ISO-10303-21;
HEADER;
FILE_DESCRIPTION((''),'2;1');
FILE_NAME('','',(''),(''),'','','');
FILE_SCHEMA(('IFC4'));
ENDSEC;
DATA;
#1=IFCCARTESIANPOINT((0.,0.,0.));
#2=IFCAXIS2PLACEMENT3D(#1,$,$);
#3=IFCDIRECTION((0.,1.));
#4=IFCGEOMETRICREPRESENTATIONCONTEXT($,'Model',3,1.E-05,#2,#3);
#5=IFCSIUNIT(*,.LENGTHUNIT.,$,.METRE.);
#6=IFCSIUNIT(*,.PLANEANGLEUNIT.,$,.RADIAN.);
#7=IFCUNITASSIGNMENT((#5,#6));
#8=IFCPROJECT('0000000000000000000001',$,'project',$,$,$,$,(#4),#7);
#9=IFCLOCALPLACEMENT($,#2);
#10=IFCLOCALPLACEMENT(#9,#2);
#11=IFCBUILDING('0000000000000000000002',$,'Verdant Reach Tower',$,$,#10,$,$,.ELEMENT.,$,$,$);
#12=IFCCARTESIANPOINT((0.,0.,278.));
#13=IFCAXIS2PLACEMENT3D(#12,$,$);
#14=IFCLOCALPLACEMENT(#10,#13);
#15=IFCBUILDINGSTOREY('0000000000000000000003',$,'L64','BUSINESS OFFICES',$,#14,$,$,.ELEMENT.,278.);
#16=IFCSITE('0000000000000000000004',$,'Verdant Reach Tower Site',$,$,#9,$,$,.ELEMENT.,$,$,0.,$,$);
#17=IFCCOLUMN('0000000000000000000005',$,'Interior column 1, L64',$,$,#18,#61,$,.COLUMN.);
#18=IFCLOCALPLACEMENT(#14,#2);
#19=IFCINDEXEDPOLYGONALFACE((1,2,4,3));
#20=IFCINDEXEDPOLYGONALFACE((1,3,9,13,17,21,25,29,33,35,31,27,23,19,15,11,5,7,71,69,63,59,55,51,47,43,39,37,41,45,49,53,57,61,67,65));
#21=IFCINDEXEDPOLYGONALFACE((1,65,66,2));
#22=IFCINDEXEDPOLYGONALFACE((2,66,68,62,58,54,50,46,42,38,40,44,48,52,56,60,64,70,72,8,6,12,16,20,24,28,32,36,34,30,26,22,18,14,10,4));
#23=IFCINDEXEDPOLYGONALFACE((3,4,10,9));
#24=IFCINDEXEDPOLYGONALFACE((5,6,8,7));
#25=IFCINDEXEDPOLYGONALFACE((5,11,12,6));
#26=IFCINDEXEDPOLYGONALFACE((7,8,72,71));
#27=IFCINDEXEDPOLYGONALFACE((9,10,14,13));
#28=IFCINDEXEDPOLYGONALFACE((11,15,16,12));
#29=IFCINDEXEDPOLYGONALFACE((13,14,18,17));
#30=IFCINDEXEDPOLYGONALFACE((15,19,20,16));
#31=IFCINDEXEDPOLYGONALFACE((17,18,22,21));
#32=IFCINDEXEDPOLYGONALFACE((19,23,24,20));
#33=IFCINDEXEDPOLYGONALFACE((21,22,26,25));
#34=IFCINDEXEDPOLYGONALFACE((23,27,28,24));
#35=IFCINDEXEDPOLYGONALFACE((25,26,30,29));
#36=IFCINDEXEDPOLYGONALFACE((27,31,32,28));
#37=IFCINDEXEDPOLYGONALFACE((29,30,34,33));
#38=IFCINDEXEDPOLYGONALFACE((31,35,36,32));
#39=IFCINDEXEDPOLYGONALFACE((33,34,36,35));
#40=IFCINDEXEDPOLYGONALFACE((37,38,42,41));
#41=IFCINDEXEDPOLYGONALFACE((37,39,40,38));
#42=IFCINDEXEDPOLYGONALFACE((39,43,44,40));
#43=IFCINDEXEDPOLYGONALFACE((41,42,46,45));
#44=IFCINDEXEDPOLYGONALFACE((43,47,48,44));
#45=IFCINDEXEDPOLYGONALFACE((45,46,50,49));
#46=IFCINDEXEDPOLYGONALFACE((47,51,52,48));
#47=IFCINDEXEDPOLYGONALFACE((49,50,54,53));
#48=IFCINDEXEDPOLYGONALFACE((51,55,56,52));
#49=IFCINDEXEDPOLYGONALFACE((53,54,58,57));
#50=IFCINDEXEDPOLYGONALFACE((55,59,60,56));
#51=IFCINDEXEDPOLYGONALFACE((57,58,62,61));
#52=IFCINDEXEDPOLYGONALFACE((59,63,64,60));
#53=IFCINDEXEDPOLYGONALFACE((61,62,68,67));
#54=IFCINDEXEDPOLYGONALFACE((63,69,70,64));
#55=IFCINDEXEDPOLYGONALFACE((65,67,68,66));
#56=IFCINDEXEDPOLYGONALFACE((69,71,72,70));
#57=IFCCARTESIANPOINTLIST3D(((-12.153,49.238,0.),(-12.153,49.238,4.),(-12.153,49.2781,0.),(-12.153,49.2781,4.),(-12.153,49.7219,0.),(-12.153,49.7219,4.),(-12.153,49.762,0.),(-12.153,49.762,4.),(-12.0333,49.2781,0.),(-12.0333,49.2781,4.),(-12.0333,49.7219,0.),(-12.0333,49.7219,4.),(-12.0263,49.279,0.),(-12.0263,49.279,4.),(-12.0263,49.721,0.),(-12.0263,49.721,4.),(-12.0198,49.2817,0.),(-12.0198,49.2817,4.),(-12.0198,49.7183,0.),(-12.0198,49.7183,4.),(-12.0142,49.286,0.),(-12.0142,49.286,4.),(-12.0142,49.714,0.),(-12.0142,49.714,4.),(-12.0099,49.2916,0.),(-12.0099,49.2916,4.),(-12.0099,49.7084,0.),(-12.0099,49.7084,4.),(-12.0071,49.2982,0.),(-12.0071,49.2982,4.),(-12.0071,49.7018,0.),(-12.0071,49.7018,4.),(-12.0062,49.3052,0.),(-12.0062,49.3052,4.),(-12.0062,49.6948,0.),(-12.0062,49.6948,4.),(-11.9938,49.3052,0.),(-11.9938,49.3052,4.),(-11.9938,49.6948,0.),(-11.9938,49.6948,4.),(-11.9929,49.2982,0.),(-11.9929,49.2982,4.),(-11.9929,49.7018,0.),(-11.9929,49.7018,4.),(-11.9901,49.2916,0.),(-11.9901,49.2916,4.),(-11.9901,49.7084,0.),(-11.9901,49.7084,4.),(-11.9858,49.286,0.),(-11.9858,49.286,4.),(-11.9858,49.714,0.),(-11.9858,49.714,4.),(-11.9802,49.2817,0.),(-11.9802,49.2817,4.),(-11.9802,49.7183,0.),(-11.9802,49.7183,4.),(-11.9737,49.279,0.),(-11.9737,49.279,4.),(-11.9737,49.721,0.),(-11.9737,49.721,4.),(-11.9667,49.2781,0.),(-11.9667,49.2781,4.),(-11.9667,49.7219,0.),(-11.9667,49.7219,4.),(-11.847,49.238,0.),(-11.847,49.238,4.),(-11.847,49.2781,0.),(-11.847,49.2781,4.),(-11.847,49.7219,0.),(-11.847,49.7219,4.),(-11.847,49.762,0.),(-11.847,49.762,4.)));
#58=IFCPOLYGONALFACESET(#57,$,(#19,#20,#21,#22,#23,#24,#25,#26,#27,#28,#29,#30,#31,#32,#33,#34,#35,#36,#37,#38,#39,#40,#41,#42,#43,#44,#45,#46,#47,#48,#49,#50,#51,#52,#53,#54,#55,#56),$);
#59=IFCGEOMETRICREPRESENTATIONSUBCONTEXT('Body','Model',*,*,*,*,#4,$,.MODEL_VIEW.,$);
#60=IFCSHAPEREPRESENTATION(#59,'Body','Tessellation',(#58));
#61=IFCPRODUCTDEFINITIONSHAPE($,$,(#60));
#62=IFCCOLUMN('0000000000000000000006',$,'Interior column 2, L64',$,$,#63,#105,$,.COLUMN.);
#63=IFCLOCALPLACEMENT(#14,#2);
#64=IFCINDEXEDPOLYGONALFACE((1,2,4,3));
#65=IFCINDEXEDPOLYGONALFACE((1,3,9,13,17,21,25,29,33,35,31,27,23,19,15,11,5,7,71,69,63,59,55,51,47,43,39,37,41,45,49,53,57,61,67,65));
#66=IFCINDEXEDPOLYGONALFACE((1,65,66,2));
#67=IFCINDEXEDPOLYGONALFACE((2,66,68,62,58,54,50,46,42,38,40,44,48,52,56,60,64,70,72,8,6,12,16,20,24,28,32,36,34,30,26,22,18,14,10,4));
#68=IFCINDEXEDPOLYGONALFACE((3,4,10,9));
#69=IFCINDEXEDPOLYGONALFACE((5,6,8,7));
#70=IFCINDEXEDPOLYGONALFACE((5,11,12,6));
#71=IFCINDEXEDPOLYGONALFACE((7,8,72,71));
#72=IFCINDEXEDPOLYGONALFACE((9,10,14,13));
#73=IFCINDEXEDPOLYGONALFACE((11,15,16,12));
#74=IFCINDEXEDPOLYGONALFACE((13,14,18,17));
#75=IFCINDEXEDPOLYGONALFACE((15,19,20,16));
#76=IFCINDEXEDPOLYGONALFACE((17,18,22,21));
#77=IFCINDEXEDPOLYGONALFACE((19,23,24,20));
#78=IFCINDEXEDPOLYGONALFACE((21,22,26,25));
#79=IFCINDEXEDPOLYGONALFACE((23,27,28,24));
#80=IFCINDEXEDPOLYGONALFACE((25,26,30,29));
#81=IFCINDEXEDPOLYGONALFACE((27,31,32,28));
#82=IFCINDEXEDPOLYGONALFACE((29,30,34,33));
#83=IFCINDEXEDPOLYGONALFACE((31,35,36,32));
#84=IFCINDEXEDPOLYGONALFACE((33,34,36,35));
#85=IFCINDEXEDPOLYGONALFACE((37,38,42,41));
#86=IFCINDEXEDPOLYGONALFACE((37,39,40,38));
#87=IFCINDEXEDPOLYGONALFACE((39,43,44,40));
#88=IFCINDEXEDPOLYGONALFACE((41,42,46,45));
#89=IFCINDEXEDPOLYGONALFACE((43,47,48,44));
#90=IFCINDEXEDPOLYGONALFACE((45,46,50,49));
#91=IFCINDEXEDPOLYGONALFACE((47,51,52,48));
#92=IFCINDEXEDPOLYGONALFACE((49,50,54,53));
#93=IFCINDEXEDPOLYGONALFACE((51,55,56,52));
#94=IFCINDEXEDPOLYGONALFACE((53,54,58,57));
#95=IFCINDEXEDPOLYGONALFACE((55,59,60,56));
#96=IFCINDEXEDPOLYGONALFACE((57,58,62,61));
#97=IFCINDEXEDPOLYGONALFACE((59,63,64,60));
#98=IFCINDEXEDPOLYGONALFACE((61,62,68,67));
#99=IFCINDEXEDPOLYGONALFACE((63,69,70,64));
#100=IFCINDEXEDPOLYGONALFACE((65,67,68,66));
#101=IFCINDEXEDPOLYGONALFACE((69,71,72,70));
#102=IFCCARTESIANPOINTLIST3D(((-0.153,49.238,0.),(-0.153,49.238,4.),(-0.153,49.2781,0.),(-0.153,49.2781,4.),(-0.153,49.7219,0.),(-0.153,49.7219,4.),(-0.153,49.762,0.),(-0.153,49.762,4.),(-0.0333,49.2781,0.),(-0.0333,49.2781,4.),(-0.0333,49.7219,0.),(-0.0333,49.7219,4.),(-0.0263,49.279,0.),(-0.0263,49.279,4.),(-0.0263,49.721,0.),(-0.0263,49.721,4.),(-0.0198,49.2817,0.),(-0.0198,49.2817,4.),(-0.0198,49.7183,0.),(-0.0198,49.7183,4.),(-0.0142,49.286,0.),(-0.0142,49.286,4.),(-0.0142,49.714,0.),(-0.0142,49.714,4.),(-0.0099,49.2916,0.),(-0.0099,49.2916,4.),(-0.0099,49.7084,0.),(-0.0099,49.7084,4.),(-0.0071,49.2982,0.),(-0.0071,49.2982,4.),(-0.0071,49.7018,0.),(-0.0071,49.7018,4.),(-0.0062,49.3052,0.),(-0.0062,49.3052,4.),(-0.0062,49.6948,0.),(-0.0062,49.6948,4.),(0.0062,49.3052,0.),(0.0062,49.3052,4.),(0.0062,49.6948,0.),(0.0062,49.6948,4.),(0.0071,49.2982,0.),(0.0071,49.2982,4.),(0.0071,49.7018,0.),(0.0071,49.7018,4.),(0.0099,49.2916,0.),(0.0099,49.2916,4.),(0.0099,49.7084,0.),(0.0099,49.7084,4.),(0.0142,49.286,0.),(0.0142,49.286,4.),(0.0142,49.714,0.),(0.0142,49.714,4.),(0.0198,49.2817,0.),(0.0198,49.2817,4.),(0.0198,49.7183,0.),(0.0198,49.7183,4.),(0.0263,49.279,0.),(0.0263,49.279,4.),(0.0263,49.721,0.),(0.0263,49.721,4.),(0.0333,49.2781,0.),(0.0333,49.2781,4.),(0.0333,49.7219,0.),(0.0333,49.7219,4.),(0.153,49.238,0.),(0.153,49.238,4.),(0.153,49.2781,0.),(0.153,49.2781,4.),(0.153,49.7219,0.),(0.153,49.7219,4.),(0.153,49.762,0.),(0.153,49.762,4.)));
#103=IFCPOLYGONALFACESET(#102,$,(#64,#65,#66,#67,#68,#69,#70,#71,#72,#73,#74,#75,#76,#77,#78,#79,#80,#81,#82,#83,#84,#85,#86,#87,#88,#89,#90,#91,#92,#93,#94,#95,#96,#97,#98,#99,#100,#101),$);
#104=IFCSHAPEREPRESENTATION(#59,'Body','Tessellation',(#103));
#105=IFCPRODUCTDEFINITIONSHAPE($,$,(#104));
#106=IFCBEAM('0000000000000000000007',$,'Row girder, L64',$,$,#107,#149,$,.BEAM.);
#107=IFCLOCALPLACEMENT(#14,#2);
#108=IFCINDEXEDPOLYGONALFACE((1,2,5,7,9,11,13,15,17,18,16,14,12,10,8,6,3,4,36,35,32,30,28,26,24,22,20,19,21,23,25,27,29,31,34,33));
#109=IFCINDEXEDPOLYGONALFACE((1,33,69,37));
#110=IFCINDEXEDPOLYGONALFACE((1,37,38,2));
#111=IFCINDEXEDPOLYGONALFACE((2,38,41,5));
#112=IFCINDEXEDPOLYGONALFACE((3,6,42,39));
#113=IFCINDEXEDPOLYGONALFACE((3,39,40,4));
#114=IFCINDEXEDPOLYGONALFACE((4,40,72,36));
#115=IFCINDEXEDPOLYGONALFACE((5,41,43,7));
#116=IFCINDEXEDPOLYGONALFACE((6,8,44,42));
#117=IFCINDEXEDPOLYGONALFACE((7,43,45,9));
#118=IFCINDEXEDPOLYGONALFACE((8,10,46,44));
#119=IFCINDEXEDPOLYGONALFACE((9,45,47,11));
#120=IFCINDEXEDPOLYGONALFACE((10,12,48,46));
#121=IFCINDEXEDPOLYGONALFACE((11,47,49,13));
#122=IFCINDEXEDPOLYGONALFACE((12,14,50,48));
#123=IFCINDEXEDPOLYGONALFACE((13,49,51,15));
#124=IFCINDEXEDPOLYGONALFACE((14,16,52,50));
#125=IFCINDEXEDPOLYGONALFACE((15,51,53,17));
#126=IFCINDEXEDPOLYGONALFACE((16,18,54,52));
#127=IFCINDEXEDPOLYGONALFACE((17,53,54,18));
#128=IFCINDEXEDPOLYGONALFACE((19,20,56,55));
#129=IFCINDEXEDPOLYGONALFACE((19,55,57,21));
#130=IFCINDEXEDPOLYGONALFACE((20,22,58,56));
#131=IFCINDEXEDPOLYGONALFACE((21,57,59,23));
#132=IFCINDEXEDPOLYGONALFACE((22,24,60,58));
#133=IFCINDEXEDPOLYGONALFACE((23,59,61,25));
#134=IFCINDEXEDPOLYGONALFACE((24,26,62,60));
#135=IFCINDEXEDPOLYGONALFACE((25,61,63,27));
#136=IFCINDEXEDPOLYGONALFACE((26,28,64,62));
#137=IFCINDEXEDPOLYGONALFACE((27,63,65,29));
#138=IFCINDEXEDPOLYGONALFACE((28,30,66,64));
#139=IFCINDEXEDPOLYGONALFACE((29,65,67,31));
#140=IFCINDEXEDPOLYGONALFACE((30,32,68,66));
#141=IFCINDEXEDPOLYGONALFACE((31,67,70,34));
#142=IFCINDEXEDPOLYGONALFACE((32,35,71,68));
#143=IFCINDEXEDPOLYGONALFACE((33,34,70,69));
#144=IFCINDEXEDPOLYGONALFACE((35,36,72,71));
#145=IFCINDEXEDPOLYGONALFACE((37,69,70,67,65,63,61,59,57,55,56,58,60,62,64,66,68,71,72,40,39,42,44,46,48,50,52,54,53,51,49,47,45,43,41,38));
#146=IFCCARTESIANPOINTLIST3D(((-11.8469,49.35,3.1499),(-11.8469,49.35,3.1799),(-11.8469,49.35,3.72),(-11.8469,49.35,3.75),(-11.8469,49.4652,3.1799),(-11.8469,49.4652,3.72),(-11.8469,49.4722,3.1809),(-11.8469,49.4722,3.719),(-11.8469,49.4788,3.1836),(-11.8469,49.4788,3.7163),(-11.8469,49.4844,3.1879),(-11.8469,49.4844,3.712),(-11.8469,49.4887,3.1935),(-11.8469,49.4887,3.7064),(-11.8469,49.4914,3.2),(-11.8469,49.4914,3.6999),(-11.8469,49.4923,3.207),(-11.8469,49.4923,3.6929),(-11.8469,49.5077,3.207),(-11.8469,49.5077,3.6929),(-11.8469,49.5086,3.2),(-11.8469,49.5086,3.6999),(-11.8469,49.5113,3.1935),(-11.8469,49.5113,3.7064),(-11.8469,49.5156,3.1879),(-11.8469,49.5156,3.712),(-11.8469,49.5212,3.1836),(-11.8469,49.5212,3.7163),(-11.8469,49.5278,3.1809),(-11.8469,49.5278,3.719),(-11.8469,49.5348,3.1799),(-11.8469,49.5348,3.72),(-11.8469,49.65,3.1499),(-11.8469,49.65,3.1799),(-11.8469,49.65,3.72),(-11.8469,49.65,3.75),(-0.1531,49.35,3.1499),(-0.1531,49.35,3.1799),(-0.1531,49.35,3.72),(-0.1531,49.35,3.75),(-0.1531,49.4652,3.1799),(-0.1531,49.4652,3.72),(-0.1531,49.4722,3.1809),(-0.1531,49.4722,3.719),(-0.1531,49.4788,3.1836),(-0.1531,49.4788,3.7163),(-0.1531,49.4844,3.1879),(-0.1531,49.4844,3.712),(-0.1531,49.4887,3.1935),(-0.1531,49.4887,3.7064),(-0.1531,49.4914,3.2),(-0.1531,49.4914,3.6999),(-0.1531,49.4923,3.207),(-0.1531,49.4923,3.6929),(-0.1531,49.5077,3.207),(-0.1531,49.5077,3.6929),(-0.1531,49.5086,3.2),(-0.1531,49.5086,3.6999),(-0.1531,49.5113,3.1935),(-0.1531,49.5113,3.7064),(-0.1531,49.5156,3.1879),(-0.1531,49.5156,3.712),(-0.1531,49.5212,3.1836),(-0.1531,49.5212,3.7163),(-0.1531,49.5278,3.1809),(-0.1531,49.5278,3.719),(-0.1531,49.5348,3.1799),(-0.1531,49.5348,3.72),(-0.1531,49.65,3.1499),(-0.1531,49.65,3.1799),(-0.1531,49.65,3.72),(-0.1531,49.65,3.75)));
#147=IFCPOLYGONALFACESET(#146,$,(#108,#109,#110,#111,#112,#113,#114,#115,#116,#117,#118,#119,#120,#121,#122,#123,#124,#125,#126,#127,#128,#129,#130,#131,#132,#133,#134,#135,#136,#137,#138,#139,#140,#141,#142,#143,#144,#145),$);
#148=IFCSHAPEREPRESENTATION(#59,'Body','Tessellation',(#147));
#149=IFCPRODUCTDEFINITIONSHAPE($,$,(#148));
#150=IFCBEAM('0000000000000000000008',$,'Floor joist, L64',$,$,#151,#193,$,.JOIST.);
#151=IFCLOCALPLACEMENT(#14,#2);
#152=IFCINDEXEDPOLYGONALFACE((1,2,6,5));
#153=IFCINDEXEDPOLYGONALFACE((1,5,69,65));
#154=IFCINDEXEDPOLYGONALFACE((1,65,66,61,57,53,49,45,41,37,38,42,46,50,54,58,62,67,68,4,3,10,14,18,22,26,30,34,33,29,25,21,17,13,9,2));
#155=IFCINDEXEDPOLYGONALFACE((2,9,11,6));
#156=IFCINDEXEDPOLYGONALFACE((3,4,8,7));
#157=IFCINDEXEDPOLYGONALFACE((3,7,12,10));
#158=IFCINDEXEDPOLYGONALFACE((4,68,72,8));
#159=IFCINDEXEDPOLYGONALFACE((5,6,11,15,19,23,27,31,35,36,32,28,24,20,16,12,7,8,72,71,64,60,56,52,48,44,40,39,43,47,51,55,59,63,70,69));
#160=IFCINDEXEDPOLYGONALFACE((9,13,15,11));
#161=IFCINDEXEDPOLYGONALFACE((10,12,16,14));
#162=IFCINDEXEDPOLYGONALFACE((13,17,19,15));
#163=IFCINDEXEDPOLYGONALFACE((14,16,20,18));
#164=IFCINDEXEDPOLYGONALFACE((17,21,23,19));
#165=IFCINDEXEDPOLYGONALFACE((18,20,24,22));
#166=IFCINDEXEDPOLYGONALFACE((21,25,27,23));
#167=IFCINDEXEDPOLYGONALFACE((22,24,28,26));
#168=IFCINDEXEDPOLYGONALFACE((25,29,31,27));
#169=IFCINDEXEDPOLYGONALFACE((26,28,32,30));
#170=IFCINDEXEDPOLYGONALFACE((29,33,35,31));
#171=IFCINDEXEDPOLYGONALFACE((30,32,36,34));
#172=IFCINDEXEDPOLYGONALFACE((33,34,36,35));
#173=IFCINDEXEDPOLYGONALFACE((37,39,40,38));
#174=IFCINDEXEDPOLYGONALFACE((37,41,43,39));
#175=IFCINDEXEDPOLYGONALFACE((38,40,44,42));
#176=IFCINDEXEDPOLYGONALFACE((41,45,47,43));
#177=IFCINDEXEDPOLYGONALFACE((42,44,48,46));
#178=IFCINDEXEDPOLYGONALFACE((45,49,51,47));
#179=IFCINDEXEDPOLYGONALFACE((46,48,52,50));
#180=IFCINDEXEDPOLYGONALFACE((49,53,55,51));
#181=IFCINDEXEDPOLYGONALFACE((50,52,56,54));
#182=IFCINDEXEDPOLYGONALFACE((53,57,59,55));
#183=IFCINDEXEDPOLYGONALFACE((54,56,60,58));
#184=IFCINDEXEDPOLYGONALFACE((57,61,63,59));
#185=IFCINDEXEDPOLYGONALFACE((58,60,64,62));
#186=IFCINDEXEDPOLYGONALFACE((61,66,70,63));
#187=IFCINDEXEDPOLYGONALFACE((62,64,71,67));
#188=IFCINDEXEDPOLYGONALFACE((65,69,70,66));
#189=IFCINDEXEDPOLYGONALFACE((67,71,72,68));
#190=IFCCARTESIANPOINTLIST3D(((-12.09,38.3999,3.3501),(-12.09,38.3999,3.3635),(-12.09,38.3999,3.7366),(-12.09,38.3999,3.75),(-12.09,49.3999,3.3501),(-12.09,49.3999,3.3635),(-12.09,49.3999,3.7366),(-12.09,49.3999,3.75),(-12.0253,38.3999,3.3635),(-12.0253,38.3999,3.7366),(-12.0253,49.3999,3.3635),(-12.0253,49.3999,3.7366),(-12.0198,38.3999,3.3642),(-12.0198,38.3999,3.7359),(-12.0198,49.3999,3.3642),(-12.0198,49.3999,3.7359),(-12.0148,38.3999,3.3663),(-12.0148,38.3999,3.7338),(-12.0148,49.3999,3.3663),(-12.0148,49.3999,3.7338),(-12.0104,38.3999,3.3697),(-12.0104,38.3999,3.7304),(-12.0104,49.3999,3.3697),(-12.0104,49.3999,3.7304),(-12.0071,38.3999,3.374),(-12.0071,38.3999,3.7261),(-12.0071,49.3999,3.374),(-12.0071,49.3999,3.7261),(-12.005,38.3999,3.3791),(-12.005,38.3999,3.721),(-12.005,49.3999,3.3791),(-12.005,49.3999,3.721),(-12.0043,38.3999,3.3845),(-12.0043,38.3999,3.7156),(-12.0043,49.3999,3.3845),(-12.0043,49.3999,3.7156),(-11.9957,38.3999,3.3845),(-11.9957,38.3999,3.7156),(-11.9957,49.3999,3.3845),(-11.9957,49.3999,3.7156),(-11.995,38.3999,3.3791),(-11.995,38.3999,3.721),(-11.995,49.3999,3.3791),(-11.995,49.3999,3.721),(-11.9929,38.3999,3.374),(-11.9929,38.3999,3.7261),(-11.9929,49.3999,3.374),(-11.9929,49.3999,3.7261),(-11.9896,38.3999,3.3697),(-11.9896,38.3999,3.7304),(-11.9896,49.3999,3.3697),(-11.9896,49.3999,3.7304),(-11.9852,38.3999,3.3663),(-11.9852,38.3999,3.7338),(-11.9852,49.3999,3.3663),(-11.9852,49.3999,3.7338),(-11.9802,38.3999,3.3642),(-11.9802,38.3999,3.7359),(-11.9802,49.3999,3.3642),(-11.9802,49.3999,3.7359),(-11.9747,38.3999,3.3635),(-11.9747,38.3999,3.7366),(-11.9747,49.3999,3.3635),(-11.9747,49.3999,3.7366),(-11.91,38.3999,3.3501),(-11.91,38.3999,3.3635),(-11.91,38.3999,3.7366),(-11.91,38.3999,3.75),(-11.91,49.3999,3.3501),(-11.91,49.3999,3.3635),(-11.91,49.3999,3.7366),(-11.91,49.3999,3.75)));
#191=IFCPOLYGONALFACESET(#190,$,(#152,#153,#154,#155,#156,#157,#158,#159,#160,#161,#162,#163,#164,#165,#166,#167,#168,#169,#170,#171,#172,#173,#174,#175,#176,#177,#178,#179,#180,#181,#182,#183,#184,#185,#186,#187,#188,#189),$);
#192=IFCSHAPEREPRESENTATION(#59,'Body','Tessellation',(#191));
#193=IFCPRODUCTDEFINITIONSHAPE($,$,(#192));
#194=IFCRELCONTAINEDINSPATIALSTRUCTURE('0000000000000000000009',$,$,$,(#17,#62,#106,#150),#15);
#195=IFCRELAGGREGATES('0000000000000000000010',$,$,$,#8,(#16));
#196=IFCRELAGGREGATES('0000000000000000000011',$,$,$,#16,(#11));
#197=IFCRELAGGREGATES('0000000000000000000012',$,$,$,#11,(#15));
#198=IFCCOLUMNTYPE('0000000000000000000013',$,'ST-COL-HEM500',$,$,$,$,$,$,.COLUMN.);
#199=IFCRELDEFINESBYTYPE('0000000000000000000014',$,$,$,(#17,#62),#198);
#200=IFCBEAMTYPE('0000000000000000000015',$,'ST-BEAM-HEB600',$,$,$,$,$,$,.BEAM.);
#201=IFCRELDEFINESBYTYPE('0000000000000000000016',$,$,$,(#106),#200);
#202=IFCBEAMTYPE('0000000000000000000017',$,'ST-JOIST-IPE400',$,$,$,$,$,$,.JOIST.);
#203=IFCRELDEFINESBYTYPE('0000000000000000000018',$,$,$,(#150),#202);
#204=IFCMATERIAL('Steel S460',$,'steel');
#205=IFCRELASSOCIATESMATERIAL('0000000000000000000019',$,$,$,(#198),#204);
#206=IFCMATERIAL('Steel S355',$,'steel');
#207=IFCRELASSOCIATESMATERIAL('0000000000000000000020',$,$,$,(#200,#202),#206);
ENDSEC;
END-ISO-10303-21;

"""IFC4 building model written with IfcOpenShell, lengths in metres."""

from ifc_helpers import new_model, si_unit, direction, frame, origin, origin_2d, place, context, subcontext, project, spatial, i_section, extrude, material, material_profile, profile_set, type_object, element, save


model = new_model("IFC4")

# Units and contexts
model_context = context("Model", 3, precision=1e-05, world=origin(), true_north=direction((0.0, 1.0)))
body_context = subcontext(model_context, "Body", "Model", "MODEL_VIEW")
ifc_project = project(units=[si_unit("LENGTHUNIT", "METRE"), si_unit("PLANEANGLEUNIT", "RADIAN")], contexts=[model_context])

# Site, building, storey
site_placement = place(None, origin())
site = spatial("IfcSite", under=ifc_project, at=site_placement, Name="Verdant Reach Tower Site", CompositionType="ELEMENT", RefElevation=0.0)
building_placement = place(site_placement, origin())
building = spatial("IfcBuilding", under=site, at=building_placement, Name="Verdant Reach Tower", CompositionType="ELEMENT")
storey_placement = place(building_placement, frame((0.0, 0.0, 278.0)))
storey = spatial("IfcBuildingStorey", under=building, at=storey_placement, Name="L64", Description="BUSINESS OFFICES", CompositionType="ELEMENT", Elevation=278.0)

# Columns
ifc_material_1 = material(Name="Steel S460", Category="steel")
ifc_material_profile_1 = material_profile(ifc_material_1, i_section(OverallWidth=0.3059, OverallDepth=0.5239, WebThickness=0.0125, FlangeThickness=0.04, FilletRadius=0.0271, at=origin_2d()), Name="HEM 500")
ifc_profile_set_1 = profile_set([ifc_material_profile_1], Name="Steel S460")
column_type = type_object("IfcColumnType", Name="ST-COL-HEM500", PredefinedType="COLUMN", material=ifc_profile_set_1)
for number, where, z_axis, x_axis, name in (
    (1, (-12.0, 49.5, 0.0), (0.0, 0.0, 1.0), (1.0, 0.0, 0.0), "Interior column 1, L64"),
    (2, (0.0, 49.5, 0.0), (0.0, 0.0, 1.0), (1.0, 0.0, 0.0), "Interior column 2, L64"),
):
    element("IfcColumn", number, at=place(storey_placement, frame(where, z_axis=z_axis, x_axis=x_axis)), inside=storey, type_object=column_type, Name=name, PredefinedType="COLUMN", context=body_context, shape_type="SweptSolid", body=[
        extrude(i_section(OverallWidth=0.3059, OverallDepth=0.5239, WebThickness=0.0125, FlangeThickness=0.04, FilletRadius=0.0271, at=origin_2d()), origin(), (0.0, 0.0, 1.0), 4.0),
    ])

# Beams
ifc_material_2 = material(Name="Steel S355", Category="steel")
ifc_material_profile_2 = material_profile(ifc_material_2, i_section(OverallWidth=0.3, OverallDepth=0.6001, WebThickness=0.0154, FlangeThickness=0.03, FilletRadius=0.0271, at=origin_2d()), Name="HEB 600")
ifc_profile_set_2 = profile_set([ifc_material_profile_2], Name="Steel S355")
beam_type_1 = type_object("IfcBeamType", Name="ST-BEAM-HEB600", PredefinedType="BEAM", material=ifc_profile_set_2)
beam_1_placement = place(storey_placement, frame((-11.8469, 49.5, 3.45), z_axis=(1.0, 0.0, 0.0), x_axis=(0.0, 1.0, 0.0)))
element("IfcBeam", 3, at=beam_1_placement, inside=storey, type_object=beam_type_1, Name="Row girder, L64", PredefinedType="BEAM", context=body_context, shape_type="SweptSolid", body=[
    extrude(i_section(OverallWidth=0.3, OverallDepth=0.6001, WebThickness=0.0154, FlangeThickness=0.03, FilletRadius=0.0271, at=origin_2d()), origin(), (0.0, 0.0, 1.0), 11.6938),
])
ifc_material_profile_3 = material_profile(ifc_material_2, i_section(OverallWidth=0.1799, OverallDepth=0.3999, WebThickness=0.0085, FlangeThickness=0.0134, FilletRadius=0.021, at=origin_2d()), Name="IPE 400")
ifc_profile_set_3 = profile_set([ifc_material_profile_3], Name="Steel S355")
beam_type_2 = type_object("IfcBeamType", Name="ST-JOIST-IPE400", PredefinedType="JOIST", material=ifc_profile_set_3)
for number, where, z_axis, x_axis, name in (
    (4, (-12.0, 38.3999, 3.55), (0.0, 1.0, 0.0), (-1.0, 0.0, 0.0), "Floor joist, L64"),
):
    element("IfcBeam", number, at=place(storey_placement, frame(where, z_axis=z_axis, x_axis=x_axis)), inside=storey, type_object=beam_type_2, Name=name, PredefinedType="JOIST", context=body_context, shape_type="SweptSolid", body=[
        extrude(i_section(OverallWidth=0.1799, OverallDepth=0.3999, WebThickness=0.0085, FlangeThickness=0.0134, FilletRadius=0.021, at=origin_2d()), origin(), (0.0, 0.0, 1.0), 11.0),
    ])

save(model, "model.ifc")
